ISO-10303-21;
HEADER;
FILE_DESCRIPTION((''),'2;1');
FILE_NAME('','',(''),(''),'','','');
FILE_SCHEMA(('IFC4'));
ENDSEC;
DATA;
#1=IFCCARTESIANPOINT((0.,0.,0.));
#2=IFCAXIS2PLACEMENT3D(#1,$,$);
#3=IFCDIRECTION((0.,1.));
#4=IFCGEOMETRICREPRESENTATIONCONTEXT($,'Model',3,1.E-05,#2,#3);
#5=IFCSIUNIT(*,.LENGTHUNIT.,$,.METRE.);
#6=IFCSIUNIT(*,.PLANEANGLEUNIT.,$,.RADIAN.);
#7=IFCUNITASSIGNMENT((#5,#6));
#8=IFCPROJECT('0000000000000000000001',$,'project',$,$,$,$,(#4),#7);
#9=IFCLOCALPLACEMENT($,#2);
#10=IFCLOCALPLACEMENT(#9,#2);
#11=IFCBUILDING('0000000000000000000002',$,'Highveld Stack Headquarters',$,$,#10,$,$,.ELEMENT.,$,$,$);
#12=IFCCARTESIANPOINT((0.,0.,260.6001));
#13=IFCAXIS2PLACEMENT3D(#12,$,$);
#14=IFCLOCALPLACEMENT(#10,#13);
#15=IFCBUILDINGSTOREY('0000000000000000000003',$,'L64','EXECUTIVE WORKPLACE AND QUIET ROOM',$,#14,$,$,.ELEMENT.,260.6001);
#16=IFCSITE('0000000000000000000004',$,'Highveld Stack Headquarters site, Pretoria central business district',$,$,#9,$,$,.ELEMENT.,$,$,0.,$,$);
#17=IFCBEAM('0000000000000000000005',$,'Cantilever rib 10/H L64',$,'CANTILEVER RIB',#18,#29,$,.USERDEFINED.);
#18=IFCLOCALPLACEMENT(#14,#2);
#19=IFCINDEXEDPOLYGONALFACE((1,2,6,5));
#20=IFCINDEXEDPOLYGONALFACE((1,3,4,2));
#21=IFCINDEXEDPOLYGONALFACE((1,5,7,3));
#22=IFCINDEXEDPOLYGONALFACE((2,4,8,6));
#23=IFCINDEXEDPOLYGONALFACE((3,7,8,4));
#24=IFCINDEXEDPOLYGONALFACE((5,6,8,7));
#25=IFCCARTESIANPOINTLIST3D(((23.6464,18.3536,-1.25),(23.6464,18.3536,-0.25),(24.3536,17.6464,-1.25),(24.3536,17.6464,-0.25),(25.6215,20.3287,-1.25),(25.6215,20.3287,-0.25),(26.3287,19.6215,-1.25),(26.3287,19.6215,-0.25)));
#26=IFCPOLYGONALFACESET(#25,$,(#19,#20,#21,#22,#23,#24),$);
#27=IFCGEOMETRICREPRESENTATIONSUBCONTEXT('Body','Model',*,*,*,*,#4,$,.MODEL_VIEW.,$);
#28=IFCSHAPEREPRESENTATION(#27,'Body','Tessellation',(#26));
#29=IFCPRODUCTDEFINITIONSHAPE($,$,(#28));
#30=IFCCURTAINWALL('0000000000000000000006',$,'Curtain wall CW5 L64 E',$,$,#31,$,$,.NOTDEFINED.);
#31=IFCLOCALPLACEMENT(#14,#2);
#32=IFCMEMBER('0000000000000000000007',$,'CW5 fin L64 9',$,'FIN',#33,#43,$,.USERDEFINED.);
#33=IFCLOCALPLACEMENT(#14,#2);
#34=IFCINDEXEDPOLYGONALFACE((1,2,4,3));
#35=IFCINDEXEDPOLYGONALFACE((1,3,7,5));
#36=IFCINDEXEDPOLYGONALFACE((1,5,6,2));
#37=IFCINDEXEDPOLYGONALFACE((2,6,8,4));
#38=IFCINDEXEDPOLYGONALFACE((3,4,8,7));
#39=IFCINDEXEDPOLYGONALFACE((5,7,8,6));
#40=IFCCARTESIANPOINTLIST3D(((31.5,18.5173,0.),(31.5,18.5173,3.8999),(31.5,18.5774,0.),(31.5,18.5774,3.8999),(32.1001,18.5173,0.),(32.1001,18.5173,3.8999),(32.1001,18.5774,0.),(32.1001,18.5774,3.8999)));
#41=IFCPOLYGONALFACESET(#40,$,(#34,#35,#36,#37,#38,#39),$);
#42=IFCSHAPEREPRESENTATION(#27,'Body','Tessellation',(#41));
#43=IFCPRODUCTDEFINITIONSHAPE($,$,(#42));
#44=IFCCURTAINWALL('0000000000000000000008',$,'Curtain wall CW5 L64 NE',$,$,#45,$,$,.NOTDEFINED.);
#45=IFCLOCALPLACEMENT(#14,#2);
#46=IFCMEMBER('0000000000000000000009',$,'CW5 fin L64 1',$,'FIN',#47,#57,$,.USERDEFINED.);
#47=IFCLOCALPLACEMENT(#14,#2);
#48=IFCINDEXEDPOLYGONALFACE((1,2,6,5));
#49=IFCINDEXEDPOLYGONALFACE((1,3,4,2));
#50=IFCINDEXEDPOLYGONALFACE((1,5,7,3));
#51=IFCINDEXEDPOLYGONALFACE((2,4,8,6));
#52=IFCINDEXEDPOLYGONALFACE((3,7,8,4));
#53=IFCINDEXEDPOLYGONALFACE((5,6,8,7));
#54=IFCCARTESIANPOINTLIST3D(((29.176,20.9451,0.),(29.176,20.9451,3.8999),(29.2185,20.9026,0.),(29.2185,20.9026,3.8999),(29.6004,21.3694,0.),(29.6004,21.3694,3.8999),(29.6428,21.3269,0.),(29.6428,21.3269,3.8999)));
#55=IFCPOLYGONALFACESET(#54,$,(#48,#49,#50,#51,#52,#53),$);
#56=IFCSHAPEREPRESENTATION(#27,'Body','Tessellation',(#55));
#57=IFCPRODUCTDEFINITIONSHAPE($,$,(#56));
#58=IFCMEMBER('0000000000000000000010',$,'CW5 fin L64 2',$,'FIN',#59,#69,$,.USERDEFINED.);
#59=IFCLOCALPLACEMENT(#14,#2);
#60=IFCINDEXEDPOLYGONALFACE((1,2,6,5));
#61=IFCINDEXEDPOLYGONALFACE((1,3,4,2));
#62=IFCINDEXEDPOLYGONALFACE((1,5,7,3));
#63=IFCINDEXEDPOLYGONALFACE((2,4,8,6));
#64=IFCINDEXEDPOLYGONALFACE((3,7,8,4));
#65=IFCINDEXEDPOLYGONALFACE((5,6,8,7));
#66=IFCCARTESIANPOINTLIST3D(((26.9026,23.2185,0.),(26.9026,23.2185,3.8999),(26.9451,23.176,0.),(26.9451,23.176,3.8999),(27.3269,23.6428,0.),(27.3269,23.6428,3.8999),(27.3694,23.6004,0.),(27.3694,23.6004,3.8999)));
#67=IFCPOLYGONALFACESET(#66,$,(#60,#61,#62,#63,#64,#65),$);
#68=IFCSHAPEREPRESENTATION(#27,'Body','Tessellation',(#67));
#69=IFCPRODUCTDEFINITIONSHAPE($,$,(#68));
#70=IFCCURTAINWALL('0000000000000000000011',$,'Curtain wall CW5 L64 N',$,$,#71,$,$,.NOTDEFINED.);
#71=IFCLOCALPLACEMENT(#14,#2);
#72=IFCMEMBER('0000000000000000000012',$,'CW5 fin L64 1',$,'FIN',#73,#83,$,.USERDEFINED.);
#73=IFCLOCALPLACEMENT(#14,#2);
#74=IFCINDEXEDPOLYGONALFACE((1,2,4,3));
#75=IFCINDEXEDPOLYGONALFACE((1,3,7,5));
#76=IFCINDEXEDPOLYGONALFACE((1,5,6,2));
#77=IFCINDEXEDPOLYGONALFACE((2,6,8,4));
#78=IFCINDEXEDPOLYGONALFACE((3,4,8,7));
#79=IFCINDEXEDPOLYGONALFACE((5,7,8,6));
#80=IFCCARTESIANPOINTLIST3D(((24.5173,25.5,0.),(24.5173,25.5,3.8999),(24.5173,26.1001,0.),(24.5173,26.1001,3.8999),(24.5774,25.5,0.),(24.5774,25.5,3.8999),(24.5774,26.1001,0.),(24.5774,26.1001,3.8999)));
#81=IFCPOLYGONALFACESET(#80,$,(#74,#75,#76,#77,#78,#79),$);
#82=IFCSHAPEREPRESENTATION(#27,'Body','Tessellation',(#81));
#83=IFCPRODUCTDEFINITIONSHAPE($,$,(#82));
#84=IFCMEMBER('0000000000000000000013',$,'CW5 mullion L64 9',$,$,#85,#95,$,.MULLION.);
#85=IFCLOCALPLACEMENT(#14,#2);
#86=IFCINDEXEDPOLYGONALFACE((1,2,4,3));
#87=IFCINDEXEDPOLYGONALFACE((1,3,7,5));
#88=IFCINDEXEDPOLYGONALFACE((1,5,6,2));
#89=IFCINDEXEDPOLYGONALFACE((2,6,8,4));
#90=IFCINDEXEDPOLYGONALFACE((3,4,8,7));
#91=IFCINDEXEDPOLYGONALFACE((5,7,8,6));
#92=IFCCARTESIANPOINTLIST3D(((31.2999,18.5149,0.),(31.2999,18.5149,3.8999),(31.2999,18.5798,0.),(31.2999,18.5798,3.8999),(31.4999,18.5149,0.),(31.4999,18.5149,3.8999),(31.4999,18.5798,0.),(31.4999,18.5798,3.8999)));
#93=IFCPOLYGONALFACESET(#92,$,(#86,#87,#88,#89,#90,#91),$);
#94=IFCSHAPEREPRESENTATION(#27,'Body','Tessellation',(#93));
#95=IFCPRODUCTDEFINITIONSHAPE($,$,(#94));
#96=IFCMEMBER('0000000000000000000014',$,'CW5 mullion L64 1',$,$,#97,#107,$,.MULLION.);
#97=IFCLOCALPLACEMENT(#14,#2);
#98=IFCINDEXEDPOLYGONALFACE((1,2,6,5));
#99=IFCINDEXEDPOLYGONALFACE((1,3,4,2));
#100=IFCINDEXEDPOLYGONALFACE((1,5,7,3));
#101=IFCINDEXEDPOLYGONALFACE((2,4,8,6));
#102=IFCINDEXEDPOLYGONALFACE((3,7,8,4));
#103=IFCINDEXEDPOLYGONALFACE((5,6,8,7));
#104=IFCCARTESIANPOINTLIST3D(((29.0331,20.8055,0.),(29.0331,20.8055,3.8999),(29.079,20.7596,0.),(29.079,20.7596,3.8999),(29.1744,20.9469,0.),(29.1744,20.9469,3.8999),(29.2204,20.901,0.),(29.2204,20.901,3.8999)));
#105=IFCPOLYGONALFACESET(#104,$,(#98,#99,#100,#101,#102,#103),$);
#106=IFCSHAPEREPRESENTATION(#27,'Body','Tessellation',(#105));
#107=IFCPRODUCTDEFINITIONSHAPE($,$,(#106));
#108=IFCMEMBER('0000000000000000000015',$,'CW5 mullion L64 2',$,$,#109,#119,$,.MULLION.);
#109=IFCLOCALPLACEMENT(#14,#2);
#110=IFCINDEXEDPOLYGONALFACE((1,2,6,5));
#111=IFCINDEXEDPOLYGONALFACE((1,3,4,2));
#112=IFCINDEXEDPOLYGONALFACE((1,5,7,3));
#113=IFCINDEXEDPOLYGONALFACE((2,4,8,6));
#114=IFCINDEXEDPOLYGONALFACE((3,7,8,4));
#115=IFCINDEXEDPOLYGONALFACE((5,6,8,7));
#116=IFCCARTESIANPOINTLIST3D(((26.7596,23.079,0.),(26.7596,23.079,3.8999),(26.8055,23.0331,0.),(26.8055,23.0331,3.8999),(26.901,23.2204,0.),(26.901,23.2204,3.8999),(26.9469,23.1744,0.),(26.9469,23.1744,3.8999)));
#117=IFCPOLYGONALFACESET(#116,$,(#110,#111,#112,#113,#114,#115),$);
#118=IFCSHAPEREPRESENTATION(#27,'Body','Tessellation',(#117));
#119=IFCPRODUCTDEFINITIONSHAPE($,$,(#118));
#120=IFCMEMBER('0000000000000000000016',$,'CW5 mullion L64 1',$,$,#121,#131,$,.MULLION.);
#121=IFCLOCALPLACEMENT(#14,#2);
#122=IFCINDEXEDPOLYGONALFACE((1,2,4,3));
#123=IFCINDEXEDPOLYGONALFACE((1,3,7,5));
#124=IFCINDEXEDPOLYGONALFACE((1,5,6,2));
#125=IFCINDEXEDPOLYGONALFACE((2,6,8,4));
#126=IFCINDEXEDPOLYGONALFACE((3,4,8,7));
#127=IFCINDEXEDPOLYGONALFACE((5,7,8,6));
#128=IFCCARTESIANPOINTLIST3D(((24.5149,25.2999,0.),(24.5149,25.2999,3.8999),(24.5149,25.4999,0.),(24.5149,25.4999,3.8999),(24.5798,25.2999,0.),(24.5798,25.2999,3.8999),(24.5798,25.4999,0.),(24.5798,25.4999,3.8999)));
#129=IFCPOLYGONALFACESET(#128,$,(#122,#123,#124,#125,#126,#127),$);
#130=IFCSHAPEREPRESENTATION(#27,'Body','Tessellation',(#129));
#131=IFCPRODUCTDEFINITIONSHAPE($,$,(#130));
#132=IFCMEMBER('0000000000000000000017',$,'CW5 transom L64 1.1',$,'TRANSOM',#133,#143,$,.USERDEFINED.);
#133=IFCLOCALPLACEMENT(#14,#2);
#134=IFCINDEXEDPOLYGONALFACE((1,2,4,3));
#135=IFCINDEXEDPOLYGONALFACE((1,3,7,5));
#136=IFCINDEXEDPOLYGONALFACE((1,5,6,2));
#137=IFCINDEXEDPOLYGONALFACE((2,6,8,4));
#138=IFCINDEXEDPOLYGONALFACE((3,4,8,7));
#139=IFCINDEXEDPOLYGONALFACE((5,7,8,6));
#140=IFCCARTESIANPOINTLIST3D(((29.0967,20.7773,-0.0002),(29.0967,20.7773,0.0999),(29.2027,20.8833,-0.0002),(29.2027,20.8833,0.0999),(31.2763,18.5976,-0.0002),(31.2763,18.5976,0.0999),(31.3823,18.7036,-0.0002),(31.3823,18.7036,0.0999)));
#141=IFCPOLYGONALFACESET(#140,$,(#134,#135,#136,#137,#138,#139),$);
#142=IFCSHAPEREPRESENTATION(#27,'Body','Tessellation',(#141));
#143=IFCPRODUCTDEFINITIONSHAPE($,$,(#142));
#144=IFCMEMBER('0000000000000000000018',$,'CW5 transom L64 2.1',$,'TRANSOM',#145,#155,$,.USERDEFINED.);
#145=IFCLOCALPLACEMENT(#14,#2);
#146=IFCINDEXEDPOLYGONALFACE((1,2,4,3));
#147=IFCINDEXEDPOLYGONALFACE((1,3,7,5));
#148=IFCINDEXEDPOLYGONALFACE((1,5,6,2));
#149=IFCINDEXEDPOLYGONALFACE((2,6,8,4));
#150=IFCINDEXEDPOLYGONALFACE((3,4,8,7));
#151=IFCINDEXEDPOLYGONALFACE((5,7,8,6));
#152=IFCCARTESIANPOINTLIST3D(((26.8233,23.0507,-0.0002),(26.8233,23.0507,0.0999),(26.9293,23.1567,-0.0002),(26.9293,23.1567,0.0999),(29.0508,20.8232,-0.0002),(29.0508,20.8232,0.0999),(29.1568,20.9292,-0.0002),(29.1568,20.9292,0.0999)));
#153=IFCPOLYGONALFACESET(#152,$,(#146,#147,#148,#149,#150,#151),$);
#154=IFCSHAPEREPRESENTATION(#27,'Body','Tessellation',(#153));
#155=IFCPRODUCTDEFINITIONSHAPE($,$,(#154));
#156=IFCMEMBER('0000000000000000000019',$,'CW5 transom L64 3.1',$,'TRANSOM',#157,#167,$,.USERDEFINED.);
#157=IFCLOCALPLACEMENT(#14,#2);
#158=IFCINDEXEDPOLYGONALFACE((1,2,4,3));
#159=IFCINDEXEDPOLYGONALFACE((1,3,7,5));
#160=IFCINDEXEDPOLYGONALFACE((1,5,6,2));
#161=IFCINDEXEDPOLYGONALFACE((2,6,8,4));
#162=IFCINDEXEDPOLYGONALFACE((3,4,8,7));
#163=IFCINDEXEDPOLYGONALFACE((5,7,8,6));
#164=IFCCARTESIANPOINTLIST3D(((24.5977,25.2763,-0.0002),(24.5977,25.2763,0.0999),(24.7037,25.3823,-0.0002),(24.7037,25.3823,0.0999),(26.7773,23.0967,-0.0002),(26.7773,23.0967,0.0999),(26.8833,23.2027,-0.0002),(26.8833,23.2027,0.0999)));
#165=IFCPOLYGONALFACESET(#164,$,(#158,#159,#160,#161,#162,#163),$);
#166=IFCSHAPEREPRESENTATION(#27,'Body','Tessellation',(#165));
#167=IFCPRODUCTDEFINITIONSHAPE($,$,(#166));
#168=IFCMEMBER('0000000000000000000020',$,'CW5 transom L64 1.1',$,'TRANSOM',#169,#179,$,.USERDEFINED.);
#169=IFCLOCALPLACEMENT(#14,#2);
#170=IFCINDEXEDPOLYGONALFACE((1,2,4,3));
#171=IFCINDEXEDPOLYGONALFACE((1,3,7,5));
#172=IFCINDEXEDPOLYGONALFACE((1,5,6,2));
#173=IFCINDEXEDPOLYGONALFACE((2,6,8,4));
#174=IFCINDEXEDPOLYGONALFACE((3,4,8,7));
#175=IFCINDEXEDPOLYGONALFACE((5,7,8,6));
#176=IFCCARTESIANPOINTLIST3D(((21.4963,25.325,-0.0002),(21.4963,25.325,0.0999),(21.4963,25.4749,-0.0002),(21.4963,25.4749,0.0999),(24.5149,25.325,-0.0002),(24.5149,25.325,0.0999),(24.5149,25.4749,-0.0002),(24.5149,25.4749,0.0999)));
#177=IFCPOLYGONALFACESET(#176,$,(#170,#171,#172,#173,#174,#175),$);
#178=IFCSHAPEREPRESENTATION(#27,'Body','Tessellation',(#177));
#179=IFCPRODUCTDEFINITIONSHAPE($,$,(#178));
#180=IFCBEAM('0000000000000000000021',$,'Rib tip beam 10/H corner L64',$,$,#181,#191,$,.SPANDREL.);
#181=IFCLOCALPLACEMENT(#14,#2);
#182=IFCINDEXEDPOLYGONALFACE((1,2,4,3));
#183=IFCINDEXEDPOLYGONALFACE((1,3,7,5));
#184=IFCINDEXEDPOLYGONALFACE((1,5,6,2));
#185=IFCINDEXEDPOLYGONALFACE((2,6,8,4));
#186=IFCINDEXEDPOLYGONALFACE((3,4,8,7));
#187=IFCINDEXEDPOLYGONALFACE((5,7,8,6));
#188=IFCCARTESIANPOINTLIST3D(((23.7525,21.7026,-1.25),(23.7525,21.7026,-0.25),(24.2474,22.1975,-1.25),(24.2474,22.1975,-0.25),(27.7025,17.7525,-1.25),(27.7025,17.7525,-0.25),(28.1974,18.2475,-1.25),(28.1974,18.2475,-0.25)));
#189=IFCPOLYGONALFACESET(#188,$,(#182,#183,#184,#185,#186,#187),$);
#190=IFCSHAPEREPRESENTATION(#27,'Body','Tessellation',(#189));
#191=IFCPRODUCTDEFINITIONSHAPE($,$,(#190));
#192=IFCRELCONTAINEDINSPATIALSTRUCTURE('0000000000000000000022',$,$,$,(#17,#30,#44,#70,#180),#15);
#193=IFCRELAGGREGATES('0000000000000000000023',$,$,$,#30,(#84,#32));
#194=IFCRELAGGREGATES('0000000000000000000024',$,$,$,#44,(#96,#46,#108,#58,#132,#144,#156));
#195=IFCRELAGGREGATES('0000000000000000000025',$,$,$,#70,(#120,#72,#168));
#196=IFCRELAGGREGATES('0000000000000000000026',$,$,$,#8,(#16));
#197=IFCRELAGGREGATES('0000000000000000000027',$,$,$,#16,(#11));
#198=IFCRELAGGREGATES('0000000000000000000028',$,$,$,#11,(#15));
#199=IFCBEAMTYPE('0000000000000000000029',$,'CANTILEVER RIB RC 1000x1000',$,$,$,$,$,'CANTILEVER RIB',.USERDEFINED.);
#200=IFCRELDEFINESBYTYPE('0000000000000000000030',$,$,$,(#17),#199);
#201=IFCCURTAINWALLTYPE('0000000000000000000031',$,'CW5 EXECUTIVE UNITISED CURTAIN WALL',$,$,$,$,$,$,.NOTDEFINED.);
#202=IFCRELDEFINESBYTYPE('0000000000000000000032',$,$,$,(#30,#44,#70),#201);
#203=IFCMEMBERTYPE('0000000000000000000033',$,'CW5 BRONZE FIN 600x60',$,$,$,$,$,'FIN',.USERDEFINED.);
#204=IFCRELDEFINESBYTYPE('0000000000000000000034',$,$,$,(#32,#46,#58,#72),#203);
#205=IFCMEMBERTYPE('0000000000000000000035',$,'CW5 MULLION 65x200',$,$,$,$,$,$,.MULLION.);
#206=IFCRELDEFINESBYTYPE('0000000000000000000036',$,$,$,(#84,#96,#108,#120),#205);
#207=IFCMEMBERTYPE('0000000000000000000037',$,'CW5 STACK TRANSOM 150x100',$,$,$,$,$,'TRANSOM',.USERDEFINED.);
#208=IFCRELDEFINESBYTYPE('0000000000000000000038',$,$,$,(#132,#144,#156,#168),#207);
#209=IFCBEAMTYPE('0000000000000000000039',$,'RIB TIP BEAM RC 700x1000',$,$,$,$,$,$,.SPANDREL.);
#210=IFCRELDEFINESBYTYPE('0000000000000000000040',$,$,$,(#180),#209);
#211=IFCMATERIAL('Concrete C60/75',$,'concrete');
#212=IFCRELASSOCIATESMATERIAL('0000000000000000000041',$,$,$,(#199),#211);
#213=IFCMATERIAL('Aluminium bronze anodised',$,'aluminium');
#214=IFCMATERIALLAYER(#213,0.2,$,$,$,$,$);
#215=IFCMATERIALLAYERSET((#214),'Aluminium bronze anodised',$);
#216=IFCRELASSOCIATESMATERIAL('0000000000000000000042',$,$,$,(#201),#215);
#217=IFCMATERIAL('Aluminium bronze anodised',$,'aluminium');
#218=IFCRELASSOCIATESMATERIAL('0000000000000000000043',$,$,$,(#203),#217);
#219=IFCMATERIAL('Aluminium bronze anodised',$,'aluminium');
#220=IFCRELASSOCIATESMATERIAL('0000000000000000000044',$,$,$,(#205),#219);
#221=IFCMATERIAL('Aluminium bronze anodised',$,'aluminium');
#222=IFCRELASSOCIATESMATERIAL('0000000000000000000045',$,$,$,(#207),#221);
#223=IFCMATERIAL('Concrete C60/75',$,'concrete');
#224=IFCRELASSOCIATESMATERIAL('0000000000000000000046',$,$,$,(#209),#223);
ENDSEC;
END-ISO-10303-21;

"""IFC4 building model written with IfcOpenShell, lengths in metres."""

from ifc_helpers import new_model, si_unit, direction, frame, origin, origin_2d, place, context, subcontext, project, spatial, rectangle, extrude, material, layer, layer_set, material_profile, profile_set, type_object, element, aggregate, save


model = new_model("IFC4")

# Units and contexts
model_context = context("Model", 3, precision=1e-05, world=origin(), true_north=direction((0.0, 1.0)))
body_context = subcontext(model_context, "Body", "Model", "MODEL_VIEW")
ifc_project = project(units=[si_unit("LENGTHUNIT", "METRE"), si_unit("PLANEANGLEUNIT", "RADIAN")], contexts=[model_context])

# Site, building, storey
site_placement = place(None, origin())
site = spatial("IfcSite", under=ifc_project, at=site_placement, Name="Highveld Stack Headquarters site, Pretoria central business district", CompositionType="ELEMENT", RefElevation=0.0)
building_placement = place(site_placement, origin())
building = spatial("IfcBuilding", under=site, at=building_placement, Name="Highveld Stack Headquarters", CompositionType="ELEMENT")
storey_placement = place(building_placement, frame((0.0, 0.0, 260.6001)))
storey = spatial("IfcBuildingStorey", under=building, at=storey_placement, Name="L64", Description="EXECUTIVE WORKPLACE AND QUIET ROOM", CompositionType="ELEMENT", Elevation=260.6001)

# Beam
ifc_material_1 = material(Name="Concrete C60/75", Category="concrete")
ifc_material_profile_1 = material_profile(ifc_material_1, rectangle(XDim=1.0, YDim=1.0, at=origin_2d()), Name="RC 1000x1000")
ifc_profile_set_1 = profile_set([ifc_material_profile_1], Name="Concrete C60/75")
beam_type_1 = type_object("IfcBeamType", Name="CANTILEVER RIB RC 1000x1000", ElementType="CANTILEVER RIB", PredefinedType="USERDEFINED", material=ifc_profile_set_1)
beam_1_placement = place(storey_placement, frame((24.0, 18.0, -0.75), z_axis=(0.707107, 0.707107, 0.0), x_axis=(-0.707107, 0.707107, 0.0)))
element("IfcBeam", 1, at=beam_1_placement, inside=storey, type_object=beam_type_1, Name="Cantilever rib 10/H L64", ObjectType="CANTILEVER RIB", PredefinedType="USERDEFINED", context=body_context, shape_type="SweptSolid", body=[
    extrude(rectangle(XDim=1.0, YDim=1.0, at=origin_2d()), origin(), (0.0, 0.0, 1.0), 2.7932),
])

# Curtain wall, member
ifc_material_2 = material(Name="Aluminium bronze anodised", Category="aluminium")
ifc_layer_1 = layer(ifc_material_2, 0.2)
ifc_layer_set_1 = layer_set([ifc_layer_1], Name="Aluminium bronze anodised")
curtain_wall_type = type_object("IfcCurtainWallType", Name="CW5 EXECUTIVE UNITISED CURTAIN WALL", PredefinedType="NOTDEFINED", material=ifc_layer_set_1)
curtain_wall_1_placement = place(storey_placement, origin())
curtain_wall_1 = element("IfcCurtainWall", 2, at=curtain_wall_1_placement, inside=storey, type_object=curtain_wall_type, Name="Curtain wall CW5 L64 E", PredefinedType="NOTDEFINED")
ifc_material_3 = material(Name="Aluminium bronze anodised", Category="aluminium")
ifc_material_profile_2 = material_profile(ifc_material_3, rectangle(XDim=0.6001, YDim=0.0601, at=origin_2d()), Name="FIN 600x60")
ifc_profile_set_2 = profile_set([ifc_material_profile_2], Name="Aluminium bronze anodised")
member_type_1 = type_object("IfcMemberType", Name="CW5 BRONZE FIN 600x60", ElementType="FIN", PredefinedType="USERDEFINED", material=ifc_profile_set_2)
member_1_placement = place(storey_placement, frame((31.8, 18.5474, 0.0), z_axis=(0.0, 0.0, 1.0), x_axis=(-1.0, 0.0, 0.0)))
member_1 = element("IfcMember", 3, at=member_1_placement, type_object=member_type_1, Name="CW5 fin L64 9", ObjectType="FIN", PredefinedType="USERDEFINED", context=body_context, shape_type="SweptSolid", body=[
    extrude(rectangle(XDim=0.6001, YDim=0.0601, at=origin_2d()), origin(), (0.0, 0.0, 1.0), 3.8999),
])

# Curtain wall, members
curtain_wall_2_placement = place(storey_placement, origin())
curtain_wall_2 = element("IfcCurtainWall", 4, at=curtain_wall_2_placement, inside=storey, type_object=curtain_wall_type, Name="Curtain wall CW5 L64 NE", PredefinedType="NOTDEFINED")
member_2_placement = place(storey_placement, frame((29.4094, 21.136, 0.0), z_axis=(0.0, 0.0, 1.0), x_axis=(-0.707107, -0.707107, 0.0)))
member_2 = element("IfcMember", 5, at=member_2_placement, type_object=member_type_1, Name="CW5 fin L64 1", ObjectType="FIN", PredefinedType="USERDEFINED", context=body_context, shape_type="SweptSolid", body=[
    extrude(rectangle(XDim=0.6001, YDim=0.0601, at=origin_2d()), origin(), (0.0, 0.0, 1.0), 3.8999),
])
member_3_placement = place(storey_placement, frame((27.136, 23.4094, 0.0), z_axis=(0.0, 0.0, 1.0), x_axis=(-0.707107, -0.707107, 0.0)))
member_3 = element("IfcMember", 6, at=member_3_placement, type_object=member_type_1, Name="CW5 fin L64 2", ObjectType="FIN", PredefinedType="USERDEFINED", context=body_context, shape_type="SweptSolid", body=[
    extrude(rectangle(XDim=0.6001, YDim=0.0601, at=origin_2d()), origin(), (0.0, 0.0, 1.0), 3.8999),
])

# Curtain wall, member
curtain_wall_3_placement = place(storey_placement, origin())
curtain_wall_3 = element("IfcCurtainWall", 7, at=curtain_wall_3_placement, inside=storey, type_object=curtain_wall_type, Name="Curtain wall CW5 L64 N", PredefinedType="NOTDEFINED")
member_4_placement = place(storey_placement, frame((24.5474, 25.8, 0.0), z_axis=(0.0, 0.0, 1.0), x_axis=(0.0, -1.0, 0.0)))
member_4 = element("IfcMember", 8, at=member_4_placement, type_object=member_type_1, Name="CW5 fin L64 1", ObjectType="FIN", PredefinedType="USERDEFINED", context=body_context, shape_type="SweptSolid", body=[
    extrude(rectangle(XDim=0.6001, YDim=0.0601, at=origin_2d()), origin(), (0.0, 0.0, 1.0), 3.8999),
])

# Members
ifc_material_4 = material(Name="Aluminium bronze anodised", Category="aluminium")
ifc_material_profile_3 = material_profile(ifc_material_4, rectangle(XDim=0.2, YDim=0.0649, at=origin_2d()), Name="CW5 MULLION 65x200")
ifc_profile_set_3 = profile_set([ifc_material_profile_3], Name="Aluminium bronze anodised")
member_type_2 = type_object("IfcMemberType", Name="CW5 MULLION 65x200", PredefinedType="MULLION", material=ifc_profile_set_3)
member_5_placement = place(storey_placement, frame((31.3999, 18.5474, 0.0), z_axis=(0.0, 0.0, 1.0), x_axis=(-1.0, 0.0, 0.0)))
member_5 = element("IfcMember", 9, at=member_5_placement, type_object=member_type_2, Name="CW5 mullion L64 9", PredefinedType="MULLION", context=body_context, shape_type="SweptSolid", body=[
    extrude(rectangle(XDim=0.2, YDim=0.0649, at=origin_2d()), origin(), (0.0, 0.0, 1.0), 3.8999),
])
aggregate(curtain_wall_1, [member_5, member_1])
member_6_placement = place(storey_placement, frame((29.1267, 20.8533, 0.0), z_axis=(0.0, 0.0, 1.0), x_axis=(-0.707107, -0.707107, 0.0)))
member_6 = element("IfcMember", 10, at=member_6_placement, type_object=member_type_2, Name="CW5 mullion L64 1", PredefinedType="MULLION", context=body_context, shape_type="SweptSolid", body=[
    extrude(rectangle(XDim=0.2, YDim=0.0649, at=origin_2d()), origin(), (0.0, 0.0, 1.0), 3.8999),
])
member_7_placement = place(storey_placement, frame((26.8533, 23.1267, 0.0), z_axis=(0.0, 0.0, 1.0), x_axis=(-0.707107, -0.707107, 0.0)))
member_7 = element("IfcMember", 11, at=member_7_placement, type_object=member_type_2, Name="CW5 mullion L64 2", PredefinedType="MULLION", context=body_context, shape_type="SweptSolid", body=[
    extrude(rectangle(XDim=0.2, YDim=0.0649, at=origin_2d()), origin(), (0.0, 0.0, 1.0), 3.8999),
])
member_8_placement = place(storey_placement, frame((24.5474, 25.3999, 0.0), z_axis=(0.0, 0.0, 1.0), x_axis=(0.0, -1.0, 0.0)))
member_8 = element("IfcMember", 12, at=member_8_placement, type_object=member_type_2, Name="CW5 mullion L64 1", PredefinedType="MULLION", context=body_context, shape_type="SweptSolid", body=[
    extrude(rectangle(XDim=0.2, YDim=0.0649, at=origin_2d()), origin(), (0.0, 0.0, 1.0), 3.8999),
])
ifc_material_5 = material(Name="Aluminium bronze anodised", Category="aluminium")
ifc_material_profile_4 = material_profile(ifc_material_5, rectangle(XDim=0.1499, YDim=0.1001, at=origin_2d()), Name="CW5 TRANSOM 150x100")
ifc_profile_set_4 = profile_set([ifc_material_profile_4], Name="Aluminium bronze anodised")
member_type_3 = type_object("IfcMemberType", Name="CW5 STACK TRANSOM 150x100", ElementType="TRANSOM", PredefinedType="USERDEFINED", material=ifc_profile_set_4)
member_9_placement = place(storey_placement, frame((31.3293, 18.6506, 0.0498), z_axis=(-0.707107, 0.707107, 0.0), x_axis=(-0.707107, -0.707107, 0.0)))
member_9 = element("IfcMember", 13, at=member_9_placement, type_object=member_type_3, Name="CW5 transom L64 1.1", ObjectType="TRANSOM", PredefinedType="USERDEFINED", context=body_context, shape_type="SweptSolid", body=[
    extrude(rectangle(XDim=0.1499, YDim=0.1001, at=origin_2d()), origin(), (0.0, 0.0, 1.0), 3.0825),
])
member_10_placement = place(storey_placement, frame((29.1038, 20.8762, 0.0498), z_axis=(-0.707107, 0.707107, 0.0), x_axis=(-0.707107, -0.707107, 0.0)))
member_10 = element("IfcMember", 14, at=member_10_placement, type_object=member_type_3, Name="CW5 transom L64 2.1", ObjectType="TRANSOM", PredefinedType="USERDEFINED", context=body_context, shape_type="SweptSolid", body=[
    extrude(rectangle(XDim=0.1499, YDim=0.1001, at=origin_2d()), origin(), (0.0, 0.0, 1.0), 3.1501),
])
member_11_placement = place(storey_placement, frame((26.8303, 23.1497, 0.0498), z_axis=(-0.707107, 0.707107, 0.0), x_axis=(-0.707107, -0.707107, 0.0)))
member_11 = element("IfcMember", 15, at=member_11_placement, type_object=member_type_3, Name="CW5 transom L64 3.1", ObjectType="TRANSOM", PredefinedType="USERDEFINED", context=body_context, shape_type="SweptSolid", body=[
    extrude(rectangle(XDim=0.1499, YDim=0.1001, at=origin_2d()), origin(), (0.0, 0.0, 1.0), 3.0825),
])
member_12_placement = place(storey_placement, frame((24.5149, 25.3999, 0.0498), z_axis=(-1.0, 0.0, 0.0), x_axis=(0.0, -1.0, 0.0)))
member_12 = element("IfcMember", 16, at=member_12_placement, type_object=member_type_3, Name="CW5 transom L64 1.1", ObjectType="TRANSOM", PredefinedType="USERDEFINED", context=body_context, shape_type="SweptSolid", body=[
    extrude(rectangle(XDim=0.1499, YDim=0.1001, at=origin_2d()), origin(), (0.0, 0.0, 1.0), 3.0186),
])

# Beam
ifc_material_6 = material(Name="Concrete C60/75", Category="concrete")
ifc_material_profile_5 = material_profile(ifc_material_6, rectangle(XDim=0.7, YDim=1.0, at=origin_2d()), Name="RC 700x1000")
ifc_profile_set_5 = profile_set([ifc_material_profile_5], Name="Concrete C60/75")
beam_type_2 = type_object("IfcBeamType", Name="RIB TIP BEAM RC 700x1000", PredefinedType="SPANDREL", material=ifc_profile_set_5)
beam_2_placement = place(storey_placement, frame((27.95, 18.0, -0.75), z_axis=(-0.707107, 0.707107, 0.0), x_axis=(-0.707107, -0.707107, 0.0)))
element("IfcBeam", 17, at=beam_2_placement, inside=storey, type_object=beam_type_2, Name="Rib tip beam 10/H corner L64", PredefinedType="SPANDREL", context=body_context, shape_type="SweptSolid", body=[
    extrude(rectangle(XDim=0.7, YDim=1.0, at=origin_2d()), origin(), (0.0, 0.0, 1.0), 5.5862),
])

aggregate(curtain_wall_2, [member_6, member_2, member_7, member_3, member_9, member_10, member_11])
aggregate(curtain_wall_3, [member_8, member_4, member_12])

save(model, "model.ifc")
